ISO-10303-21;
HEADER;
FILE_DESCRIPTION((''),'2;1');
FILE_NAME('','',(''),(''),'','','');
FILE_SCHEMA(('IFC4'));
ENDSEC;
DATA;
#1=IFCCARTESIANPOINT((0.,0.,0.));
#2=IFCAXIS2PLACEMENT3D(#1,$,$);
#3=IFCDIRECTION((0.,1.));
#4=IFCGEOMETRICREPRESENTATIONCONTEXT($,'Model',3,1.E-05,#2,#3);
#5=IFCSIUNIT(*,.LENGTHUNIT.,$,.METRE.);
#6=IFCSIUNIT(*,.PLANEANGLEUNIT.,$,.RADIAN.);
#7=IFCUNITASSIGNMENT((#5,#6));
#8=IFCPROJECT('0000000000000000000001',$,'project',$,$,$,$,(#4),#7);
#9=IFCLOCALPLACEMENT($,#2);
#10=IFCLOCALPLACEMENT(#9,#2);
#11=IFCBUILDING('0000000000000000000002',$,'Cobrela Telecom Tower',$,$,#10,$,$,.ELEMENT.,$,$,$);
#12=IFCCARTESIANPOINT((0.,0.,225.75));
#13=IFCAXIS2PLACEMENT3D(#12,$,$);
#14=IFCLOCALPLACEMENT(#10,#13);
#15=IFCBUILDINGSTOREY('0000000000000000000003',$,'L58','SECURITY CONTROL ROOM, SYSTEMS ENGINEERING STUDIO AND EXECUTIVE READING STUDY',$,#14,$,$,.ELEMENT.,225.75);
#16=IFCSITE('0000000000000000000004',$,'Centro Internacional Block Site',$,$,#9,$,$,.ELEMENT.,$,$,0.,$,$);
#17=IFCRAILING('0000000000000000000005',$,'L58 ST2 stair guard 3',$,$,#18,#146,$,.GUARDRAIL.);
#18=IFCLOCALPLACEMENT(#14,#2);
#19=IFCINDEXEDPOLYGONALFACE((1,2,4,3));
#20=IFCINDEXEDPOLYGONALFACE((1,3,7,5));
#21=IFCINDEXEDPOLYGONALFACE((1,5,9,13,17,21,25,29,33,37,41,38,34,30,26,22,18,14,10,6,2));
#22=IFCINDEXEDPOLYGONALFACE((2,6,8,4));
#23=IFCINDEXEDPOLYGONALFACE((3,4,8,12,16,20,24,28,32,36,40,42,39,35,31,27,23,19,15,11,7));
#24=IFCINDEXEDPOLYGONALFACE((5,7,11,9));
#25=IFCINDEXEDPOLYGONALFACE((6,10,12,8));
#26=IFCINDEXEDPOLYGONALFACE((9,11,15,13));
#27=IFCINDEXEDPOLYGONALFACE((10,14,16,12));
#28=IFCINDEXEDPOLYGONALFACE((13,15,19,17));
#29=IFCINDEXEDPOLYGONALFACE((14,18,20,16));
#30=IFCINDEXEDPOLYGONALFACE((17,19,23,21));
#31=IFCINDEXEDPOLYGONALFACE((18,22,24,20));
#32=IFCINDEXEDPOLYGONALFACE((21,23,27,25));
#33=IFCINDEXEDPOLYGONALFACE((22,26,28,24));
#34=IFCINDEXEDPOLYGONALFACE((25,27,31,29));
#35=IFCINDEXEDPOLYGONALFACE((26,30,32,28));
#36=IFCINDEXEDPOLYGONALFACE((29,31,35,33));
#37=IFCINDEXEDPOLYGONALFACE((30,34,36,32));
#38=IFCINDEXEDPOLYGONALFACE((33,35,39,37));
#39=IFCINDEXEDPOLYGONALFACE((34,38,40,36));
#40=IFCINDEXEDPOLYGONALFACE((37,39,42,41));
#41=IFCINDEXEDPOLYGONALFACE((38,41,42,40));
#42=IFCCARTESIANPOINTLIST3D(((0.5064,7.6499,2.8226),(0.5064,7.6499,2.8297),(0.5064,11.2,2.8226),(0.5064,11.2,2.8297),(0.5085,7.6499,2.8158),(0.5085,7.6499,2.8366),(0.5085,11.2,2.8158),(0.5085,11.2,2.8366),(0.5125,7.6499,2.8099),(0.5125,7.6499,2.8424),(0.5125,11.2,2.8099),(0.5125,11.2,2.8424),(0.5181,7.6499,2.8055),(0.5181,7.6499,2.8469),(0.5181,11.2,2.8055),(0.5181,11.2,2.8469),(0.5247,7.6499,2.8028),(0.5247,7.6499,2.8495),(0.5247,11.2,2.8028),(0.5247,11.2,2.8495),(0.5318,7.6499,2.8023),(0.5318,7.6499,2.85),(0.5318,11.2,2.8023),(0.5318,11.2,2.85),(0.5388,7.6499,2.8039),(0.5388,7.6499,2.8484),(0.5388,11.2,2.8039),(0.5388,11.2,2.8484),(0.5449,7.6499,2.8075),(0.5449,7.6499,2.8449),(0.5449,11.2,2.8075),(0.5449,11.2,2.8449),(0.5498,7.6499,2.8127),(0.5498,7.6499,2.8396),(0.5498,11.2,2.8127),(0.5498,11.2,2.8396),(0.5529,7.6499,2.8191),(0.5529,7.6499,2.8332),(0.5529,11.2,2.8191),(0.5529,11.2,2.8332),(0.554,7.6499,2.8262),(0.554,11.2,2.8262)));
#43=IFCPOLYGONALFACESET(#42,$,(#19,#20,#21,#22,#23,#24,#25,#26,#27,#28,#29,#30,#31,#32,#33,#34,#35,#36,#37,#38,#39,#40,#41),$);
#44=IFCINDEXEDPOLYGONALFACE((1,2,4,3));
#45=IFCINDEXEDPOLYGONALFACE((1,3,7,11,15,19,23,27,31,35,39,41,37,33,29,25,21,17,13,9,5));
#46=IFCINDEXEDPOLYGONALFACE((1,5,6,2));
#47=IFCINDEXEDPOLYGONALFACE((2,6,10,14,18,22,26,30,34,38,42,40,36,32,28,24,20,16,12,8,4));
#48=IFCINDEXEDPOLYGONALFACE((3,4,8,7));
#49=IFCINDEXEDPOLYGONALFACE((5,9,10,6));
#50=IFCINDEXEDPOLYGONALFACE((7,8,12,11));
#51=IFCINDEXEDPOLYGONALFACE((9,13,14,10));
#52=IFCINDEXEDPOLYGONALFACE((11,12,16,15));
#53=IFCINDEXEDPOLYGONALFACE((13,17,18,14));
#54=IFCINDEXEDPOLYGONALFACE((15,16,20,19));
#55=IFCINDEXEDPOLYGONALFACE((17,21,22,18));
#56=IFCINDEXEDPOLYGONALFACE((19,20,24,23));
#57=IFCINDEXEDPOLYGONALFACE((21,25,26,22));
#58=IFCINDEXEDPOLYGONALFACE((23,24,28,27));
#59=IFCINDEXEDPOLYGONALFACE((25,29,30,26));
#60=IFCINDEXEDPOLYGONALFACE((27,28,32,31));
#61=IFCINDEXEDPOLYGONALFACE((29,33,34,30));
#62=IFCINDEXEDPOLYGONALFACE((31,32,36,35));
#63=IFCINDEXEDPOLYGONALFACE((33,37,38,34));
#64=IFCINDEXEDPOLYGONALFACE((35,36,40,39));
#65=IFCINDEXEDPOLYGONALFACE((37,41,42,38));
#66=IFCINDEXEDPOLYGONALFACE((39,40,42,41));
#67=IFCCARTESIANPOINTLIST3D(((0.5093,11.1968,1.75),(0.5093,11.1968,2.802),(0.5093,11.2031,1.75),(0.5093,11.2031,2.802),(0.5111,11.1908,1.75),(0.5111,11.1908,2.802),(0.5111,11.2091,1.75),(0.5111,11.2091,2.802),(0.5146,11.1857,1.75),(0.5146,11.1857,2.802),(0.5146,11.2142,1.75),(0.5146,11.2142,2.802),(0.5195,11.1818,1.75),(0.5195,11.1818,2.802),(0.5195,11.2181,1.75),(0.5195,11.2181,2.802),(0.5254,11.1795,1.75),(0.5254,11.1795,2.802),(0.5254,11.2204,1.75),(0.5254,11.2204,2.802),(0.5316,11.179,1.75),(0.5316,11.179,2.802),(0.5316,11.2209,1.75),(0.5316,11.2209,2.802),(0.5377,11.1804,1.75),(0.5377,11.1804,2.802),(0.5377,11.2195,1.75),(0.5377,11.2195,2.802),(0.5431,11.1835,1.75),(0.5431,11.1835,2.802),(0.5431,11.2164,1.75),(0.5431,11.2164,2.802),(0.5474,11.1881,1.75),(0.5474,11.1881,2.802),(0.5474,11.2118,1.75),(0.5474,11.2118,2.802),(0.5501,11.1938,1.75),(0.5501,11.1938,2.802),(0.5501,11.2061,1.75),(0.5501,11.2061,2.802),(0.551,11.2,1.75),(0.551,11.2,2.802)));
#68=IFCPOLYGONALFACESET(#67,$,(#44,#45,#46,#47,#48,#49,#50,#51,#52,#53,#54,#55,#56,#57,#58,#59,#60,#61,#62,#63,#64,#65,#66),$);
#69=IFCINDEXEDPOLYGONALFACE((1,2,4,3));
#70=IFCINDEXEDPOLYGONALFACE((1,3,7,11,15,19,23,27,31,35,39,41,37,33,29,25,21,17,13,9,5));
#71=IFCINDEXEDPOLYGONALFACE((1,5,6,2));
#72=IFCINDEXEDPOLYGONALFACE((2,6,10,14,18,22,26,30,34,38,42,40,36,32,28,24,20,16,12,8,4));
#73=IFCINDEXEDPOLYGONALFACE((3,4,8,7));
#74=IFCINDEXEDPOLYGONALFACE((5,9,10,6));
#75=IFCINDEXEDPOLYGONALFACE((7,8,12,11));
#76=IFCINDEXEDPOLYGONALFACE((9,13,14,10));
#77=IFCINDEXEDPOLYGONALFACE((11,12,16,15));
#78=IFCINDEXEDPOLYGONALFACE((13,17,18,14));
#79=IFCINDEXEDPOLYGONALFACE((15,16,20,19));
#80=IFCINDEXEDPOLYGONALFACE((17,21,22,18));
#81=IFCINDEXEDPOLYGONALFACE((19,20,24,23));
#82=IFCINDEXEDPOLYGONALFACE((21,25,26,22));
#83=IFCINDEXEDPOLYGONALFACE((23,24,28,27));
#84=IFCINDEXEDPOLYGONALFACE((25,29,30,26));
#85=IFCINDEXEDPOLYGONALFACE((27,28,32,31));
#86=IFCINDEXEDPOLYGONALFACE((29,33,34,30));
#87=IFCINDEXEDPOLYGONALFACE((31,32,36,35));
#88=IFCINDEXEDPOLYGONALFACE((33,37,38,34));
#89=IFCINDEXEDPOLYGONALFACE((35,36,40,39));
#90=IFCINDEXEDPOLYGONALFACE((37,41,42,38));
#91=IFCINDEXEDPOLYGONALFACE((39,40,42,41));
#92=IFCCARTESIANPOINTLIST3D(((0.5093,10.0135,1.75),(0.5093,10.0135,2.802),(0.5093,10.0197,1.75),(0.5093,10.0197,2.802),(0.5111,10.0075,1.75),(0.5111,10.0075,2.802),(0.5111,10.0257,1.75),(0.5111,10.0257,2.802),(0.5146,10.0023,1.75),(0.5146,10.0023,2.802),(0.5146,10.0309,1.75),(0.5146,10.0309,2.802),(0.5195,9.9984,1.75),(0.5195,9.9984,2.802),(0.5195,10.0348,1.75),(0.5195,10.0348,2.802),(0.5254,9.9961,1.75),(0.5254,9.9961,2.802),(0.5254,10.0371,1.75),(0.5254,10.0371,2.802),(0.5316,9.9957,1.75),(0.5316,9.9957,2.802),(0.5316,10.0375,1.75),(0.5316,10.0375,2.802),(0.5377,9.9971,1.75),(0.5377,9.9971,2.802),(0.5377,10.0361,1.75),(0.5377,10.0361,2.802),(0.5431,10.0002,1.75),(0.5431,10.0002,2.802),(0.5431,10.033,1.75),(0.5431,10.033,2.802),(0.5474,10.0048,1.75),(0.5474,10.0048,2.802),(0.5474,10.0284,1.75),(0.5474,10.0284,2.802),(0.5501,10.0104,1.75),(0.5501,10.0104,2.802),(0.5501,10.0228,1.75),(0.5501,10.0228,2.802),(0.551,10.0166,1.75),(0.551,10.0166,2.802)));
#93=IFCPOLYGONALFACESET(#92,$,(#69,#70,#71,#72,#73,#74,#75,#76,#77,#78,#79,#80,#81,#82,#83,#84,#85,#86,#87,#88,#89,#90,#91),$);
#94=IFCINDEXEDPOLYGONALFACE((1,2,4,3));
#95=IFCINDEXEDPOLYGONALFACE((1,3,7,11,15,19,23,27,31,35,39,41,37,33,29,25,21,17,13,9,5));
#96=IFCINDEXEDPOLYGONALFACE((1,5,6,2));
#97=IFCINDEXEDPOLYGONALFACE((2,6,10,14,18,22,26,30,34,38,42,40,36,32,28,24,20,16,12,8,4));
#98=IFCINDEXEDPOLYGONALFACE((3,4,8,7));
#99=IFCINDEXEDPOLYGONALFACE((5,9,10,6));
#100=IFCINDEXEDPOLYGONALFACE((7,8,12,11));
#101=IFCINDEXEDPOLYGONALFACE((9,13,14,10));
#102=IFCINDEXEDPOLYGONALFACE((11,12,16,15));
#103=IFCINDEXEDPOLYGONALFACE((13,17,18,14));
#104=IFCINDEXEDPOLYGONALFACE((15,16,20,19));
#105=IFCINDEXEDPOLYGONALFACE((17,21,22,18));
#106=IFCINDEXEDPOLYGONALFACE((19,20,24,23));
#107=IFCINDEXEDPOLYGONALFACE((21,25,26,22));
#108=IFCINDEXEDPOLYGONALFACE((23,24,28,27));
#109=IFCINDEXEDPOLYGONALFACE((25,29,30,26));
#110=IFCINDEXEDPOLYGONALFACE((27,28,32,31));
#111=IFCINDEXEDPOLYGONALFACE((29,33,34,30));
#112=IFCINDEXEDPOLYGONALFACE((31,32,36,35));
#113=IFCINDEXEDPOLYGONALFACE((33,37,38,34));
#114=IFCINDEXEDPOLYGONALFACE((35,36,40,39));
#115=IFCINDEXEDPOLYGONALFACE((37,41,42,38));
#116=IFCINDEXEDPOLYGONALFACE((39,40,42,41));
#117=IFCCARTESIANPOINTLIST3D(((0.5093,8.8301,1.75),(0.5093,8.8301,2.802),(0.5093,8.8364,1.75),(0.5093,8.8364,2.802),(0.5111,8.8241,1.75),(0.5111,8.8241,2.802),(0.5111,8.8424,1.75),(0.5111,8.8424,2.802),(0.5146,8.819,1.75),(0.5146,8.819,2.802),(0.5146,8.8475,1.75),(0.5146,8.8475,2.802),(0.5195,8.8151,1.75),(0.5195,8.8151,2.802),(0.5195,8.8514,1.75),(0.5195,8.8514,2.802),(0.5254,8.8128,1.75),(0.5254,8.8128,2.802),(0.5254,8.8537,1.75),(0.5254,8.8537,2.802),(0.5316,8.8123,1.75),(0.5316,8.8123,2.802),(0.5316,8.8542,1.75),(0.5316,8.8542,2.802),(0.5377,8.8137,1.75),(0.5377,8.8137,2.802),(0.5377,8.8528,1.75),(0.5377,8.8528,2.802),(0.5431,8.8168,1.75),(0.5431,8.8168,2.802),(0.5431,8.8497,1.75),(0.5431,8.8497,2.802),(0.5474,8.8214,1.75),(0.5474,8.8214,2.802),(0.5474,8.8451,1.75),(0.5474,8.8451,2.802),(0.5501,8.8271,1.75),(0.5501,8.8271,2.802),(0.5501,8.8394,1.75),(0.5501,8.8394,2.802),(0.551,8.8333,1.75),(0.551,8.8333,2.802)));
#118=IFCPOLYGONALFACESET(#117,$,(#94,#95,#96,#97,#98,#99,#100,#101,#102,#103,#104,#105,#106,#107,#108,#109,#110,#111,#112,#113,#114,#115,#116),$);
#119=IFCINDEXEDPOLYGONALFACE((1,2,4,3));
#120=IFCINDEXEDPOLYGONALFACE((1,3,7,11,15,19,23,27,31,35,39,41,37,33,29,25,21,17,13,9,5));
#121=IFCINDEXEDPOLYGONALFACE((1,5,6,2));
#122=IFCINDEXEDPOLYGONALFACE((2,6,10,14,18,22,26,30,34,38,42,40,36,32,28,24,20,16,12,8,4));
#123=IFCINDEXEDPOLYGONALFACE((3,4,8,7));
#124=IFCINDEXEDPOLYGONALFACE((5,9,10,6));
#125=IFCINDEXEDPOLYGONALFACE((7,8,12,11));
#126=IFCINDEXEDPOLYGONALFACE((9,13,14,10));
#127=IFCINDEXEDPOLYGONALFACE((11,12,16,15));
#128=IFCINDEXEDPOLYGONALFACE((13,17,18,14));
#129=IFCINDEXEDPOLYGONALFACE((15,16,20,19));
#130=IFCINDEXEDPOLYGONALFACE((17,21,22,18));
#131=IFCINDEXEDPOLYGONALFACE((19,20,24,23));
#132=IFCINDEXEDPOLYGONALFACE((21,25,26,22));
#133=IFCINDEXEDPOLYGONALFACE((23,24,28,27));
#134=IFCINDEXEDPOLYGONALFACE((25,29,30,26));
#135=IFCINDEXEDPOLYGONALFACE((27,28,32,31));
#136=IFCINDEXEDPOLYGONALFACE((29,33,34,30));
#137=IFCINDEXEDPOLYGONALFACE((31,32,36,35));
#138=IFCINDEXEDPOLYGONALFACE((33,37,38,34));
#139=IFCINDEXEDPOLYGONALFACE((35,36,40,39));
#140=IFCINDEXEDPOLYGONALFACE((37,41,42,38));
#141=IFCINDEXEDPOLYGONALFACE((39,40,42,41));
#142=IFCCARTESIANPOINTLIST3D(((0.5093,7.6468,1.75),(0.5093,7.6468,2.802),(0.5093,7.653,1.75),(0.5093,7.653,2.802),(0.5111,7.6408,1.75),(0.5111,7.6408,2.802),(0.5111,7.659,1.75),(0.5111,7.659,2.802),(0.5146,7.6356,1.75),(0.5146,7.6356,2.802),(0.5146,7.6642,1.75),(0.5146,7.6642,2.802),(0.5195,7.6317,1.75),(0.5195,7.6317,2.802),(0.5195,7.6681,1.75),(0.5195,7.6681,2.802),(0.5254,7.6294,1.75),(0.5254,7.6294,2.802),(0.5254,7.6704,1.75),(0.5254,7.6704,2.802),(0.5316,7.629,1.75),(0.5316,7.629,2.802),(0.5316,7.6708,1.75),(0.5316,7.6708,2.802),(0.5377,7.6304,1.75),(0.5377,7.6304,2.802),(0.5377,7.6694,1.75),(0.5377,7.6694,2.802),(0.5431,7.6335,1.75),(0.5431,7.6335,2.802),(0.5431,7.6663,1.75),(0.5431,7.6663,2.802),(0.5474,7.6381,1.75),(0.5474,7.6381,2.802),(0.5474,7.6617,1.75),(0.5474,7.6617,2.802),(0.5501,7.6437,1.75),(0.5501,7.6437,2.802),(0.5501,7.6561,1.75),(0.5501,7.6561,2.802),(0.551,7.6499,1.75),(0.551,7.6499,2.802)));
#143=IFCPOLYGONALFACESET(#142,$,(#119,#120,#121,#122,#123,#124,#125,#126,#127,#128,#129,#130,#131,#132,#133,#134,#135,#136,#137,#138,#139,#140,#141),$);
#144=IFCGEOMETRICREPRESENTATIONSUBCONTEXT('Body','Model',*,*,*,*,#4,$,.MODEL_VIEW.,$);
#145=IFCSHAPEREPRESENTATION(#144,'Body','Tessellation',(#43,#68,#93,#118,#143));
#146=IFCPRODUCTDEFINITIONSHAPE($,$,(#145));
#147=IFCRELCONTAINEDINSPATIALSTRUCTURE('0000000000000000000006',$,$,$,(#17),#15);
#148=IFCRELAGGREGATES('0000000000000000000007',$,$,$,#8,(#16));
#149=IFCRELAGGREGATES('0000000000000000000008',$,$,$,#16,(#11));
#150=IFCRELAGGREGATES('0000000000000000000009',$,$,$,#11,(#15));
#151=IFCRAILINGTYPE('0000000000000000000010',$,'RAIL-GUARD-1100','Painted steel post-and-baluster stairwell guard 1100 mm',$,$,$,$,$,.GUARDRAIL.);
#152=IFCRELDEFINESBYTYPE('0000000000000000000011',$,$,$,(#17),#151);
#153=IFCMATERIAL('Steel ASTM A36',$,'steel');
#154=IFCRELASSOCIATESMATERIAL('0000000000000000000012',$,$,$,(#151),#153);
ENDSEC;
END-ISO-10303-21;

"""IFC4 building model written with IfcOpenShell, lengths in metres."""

from ifc_helpers import new_model, si_unit, direction, frame, origin, origin_2d, place, context, subcontext, project, spatial, circle, extrude, material, type_object, element, save


model = new_model("IFC4")

# Units and contexts
model_context = context("Model", 3, precision=1e-05, world=origin(), true_north=direction((0.0, 1.0)))
body_context = subcontext(model_context, "Body", "Model", "MODEL_VIEW")
ifc_project = project(units=[si_unit("LENGTHUNIT", "METRE"), si_unit("PLANEANGLEUNIT", "RADIAN")], contexts=[model_context])

# Site, building, storey
site_placement = place(None, origin())
site = spatial("IfcSite", under=ifc_project, at=site_placement, Name="Centro Internacional Block Site", CompositionType="ELEMENT", RefElevation=0.0)
building_placement = place(site_placement, origin())
building = spatial("IfcBuilding", under=site, at=building_placement, Name="Cobrela Telecom Tower", CompositionType="ELEMENT")
storey_placement = place(building_placement, frame((0.0, 0.0, 225.75)))
storey = spatial("IfcBuildingStorey", under=building, at=storey_placement, Name="L58", Description="SECURITY CONTROL ROOM, SYSTEMS ENGINEERING STUDIO AND EXECUTIVE READING STUDY", CompositionType="ELEMENT", Elevation=225.75)

# Shared definitions
ifc_material_1 = material(Name="Steel ASTM A36", Category="steel")

# Railing
railing_type = type_object("IfcRailingType", Name="RAIL-GUARD-1100", Description="Painted steel post-and-baluster stairwell guard 1100 mm", PredefinedType="GUARDRAIL", material=ifc_material_1)
railing_1_placement = place(storey_placement, frame((0.53, 11.2, 1.75)))
element("IfcRailing", 1, at=railing_1_placement, inside=storey, type_object=railing_type, Name="L58 ST2 stair guard 3", PredefinedType="GUARDRAIL", context=body_context, shape_type="SweptSolid", body=[
    extrude(circle(Radius=0.0239, at=origin_2d()), frame((0.0, 0.0, 1.0762), z_axis=(0.0, -1.0, 0.0), x_axis=(1.0, 0.0, 0.0)), (0.0, 0.0, 1.0), 3.55),
    extrude(circle(Radius=0.021, at=origin_2d()), origin(), (0.0, 0.0, 1.0), 1.052),
    extrude(circle(Radius=0.021, at=origin_2d()), frame((0.0, -1.1833, 0.0)), (0.0, 0.0, 1.0), 1.052),
    extrude(circle(Radius=0.021, at=origin_2d()), frame((0.0, -2.3667, 0.0)), (0.0, 0.0, 1.0), 1.052),
    extrude(circle(Radius=0.021, at=origin_2d()), frame((0.0, -3.55, 0.0)), (0.0, 0.0, 1.0), 1.052),
])

save(model, "model.ifc")
